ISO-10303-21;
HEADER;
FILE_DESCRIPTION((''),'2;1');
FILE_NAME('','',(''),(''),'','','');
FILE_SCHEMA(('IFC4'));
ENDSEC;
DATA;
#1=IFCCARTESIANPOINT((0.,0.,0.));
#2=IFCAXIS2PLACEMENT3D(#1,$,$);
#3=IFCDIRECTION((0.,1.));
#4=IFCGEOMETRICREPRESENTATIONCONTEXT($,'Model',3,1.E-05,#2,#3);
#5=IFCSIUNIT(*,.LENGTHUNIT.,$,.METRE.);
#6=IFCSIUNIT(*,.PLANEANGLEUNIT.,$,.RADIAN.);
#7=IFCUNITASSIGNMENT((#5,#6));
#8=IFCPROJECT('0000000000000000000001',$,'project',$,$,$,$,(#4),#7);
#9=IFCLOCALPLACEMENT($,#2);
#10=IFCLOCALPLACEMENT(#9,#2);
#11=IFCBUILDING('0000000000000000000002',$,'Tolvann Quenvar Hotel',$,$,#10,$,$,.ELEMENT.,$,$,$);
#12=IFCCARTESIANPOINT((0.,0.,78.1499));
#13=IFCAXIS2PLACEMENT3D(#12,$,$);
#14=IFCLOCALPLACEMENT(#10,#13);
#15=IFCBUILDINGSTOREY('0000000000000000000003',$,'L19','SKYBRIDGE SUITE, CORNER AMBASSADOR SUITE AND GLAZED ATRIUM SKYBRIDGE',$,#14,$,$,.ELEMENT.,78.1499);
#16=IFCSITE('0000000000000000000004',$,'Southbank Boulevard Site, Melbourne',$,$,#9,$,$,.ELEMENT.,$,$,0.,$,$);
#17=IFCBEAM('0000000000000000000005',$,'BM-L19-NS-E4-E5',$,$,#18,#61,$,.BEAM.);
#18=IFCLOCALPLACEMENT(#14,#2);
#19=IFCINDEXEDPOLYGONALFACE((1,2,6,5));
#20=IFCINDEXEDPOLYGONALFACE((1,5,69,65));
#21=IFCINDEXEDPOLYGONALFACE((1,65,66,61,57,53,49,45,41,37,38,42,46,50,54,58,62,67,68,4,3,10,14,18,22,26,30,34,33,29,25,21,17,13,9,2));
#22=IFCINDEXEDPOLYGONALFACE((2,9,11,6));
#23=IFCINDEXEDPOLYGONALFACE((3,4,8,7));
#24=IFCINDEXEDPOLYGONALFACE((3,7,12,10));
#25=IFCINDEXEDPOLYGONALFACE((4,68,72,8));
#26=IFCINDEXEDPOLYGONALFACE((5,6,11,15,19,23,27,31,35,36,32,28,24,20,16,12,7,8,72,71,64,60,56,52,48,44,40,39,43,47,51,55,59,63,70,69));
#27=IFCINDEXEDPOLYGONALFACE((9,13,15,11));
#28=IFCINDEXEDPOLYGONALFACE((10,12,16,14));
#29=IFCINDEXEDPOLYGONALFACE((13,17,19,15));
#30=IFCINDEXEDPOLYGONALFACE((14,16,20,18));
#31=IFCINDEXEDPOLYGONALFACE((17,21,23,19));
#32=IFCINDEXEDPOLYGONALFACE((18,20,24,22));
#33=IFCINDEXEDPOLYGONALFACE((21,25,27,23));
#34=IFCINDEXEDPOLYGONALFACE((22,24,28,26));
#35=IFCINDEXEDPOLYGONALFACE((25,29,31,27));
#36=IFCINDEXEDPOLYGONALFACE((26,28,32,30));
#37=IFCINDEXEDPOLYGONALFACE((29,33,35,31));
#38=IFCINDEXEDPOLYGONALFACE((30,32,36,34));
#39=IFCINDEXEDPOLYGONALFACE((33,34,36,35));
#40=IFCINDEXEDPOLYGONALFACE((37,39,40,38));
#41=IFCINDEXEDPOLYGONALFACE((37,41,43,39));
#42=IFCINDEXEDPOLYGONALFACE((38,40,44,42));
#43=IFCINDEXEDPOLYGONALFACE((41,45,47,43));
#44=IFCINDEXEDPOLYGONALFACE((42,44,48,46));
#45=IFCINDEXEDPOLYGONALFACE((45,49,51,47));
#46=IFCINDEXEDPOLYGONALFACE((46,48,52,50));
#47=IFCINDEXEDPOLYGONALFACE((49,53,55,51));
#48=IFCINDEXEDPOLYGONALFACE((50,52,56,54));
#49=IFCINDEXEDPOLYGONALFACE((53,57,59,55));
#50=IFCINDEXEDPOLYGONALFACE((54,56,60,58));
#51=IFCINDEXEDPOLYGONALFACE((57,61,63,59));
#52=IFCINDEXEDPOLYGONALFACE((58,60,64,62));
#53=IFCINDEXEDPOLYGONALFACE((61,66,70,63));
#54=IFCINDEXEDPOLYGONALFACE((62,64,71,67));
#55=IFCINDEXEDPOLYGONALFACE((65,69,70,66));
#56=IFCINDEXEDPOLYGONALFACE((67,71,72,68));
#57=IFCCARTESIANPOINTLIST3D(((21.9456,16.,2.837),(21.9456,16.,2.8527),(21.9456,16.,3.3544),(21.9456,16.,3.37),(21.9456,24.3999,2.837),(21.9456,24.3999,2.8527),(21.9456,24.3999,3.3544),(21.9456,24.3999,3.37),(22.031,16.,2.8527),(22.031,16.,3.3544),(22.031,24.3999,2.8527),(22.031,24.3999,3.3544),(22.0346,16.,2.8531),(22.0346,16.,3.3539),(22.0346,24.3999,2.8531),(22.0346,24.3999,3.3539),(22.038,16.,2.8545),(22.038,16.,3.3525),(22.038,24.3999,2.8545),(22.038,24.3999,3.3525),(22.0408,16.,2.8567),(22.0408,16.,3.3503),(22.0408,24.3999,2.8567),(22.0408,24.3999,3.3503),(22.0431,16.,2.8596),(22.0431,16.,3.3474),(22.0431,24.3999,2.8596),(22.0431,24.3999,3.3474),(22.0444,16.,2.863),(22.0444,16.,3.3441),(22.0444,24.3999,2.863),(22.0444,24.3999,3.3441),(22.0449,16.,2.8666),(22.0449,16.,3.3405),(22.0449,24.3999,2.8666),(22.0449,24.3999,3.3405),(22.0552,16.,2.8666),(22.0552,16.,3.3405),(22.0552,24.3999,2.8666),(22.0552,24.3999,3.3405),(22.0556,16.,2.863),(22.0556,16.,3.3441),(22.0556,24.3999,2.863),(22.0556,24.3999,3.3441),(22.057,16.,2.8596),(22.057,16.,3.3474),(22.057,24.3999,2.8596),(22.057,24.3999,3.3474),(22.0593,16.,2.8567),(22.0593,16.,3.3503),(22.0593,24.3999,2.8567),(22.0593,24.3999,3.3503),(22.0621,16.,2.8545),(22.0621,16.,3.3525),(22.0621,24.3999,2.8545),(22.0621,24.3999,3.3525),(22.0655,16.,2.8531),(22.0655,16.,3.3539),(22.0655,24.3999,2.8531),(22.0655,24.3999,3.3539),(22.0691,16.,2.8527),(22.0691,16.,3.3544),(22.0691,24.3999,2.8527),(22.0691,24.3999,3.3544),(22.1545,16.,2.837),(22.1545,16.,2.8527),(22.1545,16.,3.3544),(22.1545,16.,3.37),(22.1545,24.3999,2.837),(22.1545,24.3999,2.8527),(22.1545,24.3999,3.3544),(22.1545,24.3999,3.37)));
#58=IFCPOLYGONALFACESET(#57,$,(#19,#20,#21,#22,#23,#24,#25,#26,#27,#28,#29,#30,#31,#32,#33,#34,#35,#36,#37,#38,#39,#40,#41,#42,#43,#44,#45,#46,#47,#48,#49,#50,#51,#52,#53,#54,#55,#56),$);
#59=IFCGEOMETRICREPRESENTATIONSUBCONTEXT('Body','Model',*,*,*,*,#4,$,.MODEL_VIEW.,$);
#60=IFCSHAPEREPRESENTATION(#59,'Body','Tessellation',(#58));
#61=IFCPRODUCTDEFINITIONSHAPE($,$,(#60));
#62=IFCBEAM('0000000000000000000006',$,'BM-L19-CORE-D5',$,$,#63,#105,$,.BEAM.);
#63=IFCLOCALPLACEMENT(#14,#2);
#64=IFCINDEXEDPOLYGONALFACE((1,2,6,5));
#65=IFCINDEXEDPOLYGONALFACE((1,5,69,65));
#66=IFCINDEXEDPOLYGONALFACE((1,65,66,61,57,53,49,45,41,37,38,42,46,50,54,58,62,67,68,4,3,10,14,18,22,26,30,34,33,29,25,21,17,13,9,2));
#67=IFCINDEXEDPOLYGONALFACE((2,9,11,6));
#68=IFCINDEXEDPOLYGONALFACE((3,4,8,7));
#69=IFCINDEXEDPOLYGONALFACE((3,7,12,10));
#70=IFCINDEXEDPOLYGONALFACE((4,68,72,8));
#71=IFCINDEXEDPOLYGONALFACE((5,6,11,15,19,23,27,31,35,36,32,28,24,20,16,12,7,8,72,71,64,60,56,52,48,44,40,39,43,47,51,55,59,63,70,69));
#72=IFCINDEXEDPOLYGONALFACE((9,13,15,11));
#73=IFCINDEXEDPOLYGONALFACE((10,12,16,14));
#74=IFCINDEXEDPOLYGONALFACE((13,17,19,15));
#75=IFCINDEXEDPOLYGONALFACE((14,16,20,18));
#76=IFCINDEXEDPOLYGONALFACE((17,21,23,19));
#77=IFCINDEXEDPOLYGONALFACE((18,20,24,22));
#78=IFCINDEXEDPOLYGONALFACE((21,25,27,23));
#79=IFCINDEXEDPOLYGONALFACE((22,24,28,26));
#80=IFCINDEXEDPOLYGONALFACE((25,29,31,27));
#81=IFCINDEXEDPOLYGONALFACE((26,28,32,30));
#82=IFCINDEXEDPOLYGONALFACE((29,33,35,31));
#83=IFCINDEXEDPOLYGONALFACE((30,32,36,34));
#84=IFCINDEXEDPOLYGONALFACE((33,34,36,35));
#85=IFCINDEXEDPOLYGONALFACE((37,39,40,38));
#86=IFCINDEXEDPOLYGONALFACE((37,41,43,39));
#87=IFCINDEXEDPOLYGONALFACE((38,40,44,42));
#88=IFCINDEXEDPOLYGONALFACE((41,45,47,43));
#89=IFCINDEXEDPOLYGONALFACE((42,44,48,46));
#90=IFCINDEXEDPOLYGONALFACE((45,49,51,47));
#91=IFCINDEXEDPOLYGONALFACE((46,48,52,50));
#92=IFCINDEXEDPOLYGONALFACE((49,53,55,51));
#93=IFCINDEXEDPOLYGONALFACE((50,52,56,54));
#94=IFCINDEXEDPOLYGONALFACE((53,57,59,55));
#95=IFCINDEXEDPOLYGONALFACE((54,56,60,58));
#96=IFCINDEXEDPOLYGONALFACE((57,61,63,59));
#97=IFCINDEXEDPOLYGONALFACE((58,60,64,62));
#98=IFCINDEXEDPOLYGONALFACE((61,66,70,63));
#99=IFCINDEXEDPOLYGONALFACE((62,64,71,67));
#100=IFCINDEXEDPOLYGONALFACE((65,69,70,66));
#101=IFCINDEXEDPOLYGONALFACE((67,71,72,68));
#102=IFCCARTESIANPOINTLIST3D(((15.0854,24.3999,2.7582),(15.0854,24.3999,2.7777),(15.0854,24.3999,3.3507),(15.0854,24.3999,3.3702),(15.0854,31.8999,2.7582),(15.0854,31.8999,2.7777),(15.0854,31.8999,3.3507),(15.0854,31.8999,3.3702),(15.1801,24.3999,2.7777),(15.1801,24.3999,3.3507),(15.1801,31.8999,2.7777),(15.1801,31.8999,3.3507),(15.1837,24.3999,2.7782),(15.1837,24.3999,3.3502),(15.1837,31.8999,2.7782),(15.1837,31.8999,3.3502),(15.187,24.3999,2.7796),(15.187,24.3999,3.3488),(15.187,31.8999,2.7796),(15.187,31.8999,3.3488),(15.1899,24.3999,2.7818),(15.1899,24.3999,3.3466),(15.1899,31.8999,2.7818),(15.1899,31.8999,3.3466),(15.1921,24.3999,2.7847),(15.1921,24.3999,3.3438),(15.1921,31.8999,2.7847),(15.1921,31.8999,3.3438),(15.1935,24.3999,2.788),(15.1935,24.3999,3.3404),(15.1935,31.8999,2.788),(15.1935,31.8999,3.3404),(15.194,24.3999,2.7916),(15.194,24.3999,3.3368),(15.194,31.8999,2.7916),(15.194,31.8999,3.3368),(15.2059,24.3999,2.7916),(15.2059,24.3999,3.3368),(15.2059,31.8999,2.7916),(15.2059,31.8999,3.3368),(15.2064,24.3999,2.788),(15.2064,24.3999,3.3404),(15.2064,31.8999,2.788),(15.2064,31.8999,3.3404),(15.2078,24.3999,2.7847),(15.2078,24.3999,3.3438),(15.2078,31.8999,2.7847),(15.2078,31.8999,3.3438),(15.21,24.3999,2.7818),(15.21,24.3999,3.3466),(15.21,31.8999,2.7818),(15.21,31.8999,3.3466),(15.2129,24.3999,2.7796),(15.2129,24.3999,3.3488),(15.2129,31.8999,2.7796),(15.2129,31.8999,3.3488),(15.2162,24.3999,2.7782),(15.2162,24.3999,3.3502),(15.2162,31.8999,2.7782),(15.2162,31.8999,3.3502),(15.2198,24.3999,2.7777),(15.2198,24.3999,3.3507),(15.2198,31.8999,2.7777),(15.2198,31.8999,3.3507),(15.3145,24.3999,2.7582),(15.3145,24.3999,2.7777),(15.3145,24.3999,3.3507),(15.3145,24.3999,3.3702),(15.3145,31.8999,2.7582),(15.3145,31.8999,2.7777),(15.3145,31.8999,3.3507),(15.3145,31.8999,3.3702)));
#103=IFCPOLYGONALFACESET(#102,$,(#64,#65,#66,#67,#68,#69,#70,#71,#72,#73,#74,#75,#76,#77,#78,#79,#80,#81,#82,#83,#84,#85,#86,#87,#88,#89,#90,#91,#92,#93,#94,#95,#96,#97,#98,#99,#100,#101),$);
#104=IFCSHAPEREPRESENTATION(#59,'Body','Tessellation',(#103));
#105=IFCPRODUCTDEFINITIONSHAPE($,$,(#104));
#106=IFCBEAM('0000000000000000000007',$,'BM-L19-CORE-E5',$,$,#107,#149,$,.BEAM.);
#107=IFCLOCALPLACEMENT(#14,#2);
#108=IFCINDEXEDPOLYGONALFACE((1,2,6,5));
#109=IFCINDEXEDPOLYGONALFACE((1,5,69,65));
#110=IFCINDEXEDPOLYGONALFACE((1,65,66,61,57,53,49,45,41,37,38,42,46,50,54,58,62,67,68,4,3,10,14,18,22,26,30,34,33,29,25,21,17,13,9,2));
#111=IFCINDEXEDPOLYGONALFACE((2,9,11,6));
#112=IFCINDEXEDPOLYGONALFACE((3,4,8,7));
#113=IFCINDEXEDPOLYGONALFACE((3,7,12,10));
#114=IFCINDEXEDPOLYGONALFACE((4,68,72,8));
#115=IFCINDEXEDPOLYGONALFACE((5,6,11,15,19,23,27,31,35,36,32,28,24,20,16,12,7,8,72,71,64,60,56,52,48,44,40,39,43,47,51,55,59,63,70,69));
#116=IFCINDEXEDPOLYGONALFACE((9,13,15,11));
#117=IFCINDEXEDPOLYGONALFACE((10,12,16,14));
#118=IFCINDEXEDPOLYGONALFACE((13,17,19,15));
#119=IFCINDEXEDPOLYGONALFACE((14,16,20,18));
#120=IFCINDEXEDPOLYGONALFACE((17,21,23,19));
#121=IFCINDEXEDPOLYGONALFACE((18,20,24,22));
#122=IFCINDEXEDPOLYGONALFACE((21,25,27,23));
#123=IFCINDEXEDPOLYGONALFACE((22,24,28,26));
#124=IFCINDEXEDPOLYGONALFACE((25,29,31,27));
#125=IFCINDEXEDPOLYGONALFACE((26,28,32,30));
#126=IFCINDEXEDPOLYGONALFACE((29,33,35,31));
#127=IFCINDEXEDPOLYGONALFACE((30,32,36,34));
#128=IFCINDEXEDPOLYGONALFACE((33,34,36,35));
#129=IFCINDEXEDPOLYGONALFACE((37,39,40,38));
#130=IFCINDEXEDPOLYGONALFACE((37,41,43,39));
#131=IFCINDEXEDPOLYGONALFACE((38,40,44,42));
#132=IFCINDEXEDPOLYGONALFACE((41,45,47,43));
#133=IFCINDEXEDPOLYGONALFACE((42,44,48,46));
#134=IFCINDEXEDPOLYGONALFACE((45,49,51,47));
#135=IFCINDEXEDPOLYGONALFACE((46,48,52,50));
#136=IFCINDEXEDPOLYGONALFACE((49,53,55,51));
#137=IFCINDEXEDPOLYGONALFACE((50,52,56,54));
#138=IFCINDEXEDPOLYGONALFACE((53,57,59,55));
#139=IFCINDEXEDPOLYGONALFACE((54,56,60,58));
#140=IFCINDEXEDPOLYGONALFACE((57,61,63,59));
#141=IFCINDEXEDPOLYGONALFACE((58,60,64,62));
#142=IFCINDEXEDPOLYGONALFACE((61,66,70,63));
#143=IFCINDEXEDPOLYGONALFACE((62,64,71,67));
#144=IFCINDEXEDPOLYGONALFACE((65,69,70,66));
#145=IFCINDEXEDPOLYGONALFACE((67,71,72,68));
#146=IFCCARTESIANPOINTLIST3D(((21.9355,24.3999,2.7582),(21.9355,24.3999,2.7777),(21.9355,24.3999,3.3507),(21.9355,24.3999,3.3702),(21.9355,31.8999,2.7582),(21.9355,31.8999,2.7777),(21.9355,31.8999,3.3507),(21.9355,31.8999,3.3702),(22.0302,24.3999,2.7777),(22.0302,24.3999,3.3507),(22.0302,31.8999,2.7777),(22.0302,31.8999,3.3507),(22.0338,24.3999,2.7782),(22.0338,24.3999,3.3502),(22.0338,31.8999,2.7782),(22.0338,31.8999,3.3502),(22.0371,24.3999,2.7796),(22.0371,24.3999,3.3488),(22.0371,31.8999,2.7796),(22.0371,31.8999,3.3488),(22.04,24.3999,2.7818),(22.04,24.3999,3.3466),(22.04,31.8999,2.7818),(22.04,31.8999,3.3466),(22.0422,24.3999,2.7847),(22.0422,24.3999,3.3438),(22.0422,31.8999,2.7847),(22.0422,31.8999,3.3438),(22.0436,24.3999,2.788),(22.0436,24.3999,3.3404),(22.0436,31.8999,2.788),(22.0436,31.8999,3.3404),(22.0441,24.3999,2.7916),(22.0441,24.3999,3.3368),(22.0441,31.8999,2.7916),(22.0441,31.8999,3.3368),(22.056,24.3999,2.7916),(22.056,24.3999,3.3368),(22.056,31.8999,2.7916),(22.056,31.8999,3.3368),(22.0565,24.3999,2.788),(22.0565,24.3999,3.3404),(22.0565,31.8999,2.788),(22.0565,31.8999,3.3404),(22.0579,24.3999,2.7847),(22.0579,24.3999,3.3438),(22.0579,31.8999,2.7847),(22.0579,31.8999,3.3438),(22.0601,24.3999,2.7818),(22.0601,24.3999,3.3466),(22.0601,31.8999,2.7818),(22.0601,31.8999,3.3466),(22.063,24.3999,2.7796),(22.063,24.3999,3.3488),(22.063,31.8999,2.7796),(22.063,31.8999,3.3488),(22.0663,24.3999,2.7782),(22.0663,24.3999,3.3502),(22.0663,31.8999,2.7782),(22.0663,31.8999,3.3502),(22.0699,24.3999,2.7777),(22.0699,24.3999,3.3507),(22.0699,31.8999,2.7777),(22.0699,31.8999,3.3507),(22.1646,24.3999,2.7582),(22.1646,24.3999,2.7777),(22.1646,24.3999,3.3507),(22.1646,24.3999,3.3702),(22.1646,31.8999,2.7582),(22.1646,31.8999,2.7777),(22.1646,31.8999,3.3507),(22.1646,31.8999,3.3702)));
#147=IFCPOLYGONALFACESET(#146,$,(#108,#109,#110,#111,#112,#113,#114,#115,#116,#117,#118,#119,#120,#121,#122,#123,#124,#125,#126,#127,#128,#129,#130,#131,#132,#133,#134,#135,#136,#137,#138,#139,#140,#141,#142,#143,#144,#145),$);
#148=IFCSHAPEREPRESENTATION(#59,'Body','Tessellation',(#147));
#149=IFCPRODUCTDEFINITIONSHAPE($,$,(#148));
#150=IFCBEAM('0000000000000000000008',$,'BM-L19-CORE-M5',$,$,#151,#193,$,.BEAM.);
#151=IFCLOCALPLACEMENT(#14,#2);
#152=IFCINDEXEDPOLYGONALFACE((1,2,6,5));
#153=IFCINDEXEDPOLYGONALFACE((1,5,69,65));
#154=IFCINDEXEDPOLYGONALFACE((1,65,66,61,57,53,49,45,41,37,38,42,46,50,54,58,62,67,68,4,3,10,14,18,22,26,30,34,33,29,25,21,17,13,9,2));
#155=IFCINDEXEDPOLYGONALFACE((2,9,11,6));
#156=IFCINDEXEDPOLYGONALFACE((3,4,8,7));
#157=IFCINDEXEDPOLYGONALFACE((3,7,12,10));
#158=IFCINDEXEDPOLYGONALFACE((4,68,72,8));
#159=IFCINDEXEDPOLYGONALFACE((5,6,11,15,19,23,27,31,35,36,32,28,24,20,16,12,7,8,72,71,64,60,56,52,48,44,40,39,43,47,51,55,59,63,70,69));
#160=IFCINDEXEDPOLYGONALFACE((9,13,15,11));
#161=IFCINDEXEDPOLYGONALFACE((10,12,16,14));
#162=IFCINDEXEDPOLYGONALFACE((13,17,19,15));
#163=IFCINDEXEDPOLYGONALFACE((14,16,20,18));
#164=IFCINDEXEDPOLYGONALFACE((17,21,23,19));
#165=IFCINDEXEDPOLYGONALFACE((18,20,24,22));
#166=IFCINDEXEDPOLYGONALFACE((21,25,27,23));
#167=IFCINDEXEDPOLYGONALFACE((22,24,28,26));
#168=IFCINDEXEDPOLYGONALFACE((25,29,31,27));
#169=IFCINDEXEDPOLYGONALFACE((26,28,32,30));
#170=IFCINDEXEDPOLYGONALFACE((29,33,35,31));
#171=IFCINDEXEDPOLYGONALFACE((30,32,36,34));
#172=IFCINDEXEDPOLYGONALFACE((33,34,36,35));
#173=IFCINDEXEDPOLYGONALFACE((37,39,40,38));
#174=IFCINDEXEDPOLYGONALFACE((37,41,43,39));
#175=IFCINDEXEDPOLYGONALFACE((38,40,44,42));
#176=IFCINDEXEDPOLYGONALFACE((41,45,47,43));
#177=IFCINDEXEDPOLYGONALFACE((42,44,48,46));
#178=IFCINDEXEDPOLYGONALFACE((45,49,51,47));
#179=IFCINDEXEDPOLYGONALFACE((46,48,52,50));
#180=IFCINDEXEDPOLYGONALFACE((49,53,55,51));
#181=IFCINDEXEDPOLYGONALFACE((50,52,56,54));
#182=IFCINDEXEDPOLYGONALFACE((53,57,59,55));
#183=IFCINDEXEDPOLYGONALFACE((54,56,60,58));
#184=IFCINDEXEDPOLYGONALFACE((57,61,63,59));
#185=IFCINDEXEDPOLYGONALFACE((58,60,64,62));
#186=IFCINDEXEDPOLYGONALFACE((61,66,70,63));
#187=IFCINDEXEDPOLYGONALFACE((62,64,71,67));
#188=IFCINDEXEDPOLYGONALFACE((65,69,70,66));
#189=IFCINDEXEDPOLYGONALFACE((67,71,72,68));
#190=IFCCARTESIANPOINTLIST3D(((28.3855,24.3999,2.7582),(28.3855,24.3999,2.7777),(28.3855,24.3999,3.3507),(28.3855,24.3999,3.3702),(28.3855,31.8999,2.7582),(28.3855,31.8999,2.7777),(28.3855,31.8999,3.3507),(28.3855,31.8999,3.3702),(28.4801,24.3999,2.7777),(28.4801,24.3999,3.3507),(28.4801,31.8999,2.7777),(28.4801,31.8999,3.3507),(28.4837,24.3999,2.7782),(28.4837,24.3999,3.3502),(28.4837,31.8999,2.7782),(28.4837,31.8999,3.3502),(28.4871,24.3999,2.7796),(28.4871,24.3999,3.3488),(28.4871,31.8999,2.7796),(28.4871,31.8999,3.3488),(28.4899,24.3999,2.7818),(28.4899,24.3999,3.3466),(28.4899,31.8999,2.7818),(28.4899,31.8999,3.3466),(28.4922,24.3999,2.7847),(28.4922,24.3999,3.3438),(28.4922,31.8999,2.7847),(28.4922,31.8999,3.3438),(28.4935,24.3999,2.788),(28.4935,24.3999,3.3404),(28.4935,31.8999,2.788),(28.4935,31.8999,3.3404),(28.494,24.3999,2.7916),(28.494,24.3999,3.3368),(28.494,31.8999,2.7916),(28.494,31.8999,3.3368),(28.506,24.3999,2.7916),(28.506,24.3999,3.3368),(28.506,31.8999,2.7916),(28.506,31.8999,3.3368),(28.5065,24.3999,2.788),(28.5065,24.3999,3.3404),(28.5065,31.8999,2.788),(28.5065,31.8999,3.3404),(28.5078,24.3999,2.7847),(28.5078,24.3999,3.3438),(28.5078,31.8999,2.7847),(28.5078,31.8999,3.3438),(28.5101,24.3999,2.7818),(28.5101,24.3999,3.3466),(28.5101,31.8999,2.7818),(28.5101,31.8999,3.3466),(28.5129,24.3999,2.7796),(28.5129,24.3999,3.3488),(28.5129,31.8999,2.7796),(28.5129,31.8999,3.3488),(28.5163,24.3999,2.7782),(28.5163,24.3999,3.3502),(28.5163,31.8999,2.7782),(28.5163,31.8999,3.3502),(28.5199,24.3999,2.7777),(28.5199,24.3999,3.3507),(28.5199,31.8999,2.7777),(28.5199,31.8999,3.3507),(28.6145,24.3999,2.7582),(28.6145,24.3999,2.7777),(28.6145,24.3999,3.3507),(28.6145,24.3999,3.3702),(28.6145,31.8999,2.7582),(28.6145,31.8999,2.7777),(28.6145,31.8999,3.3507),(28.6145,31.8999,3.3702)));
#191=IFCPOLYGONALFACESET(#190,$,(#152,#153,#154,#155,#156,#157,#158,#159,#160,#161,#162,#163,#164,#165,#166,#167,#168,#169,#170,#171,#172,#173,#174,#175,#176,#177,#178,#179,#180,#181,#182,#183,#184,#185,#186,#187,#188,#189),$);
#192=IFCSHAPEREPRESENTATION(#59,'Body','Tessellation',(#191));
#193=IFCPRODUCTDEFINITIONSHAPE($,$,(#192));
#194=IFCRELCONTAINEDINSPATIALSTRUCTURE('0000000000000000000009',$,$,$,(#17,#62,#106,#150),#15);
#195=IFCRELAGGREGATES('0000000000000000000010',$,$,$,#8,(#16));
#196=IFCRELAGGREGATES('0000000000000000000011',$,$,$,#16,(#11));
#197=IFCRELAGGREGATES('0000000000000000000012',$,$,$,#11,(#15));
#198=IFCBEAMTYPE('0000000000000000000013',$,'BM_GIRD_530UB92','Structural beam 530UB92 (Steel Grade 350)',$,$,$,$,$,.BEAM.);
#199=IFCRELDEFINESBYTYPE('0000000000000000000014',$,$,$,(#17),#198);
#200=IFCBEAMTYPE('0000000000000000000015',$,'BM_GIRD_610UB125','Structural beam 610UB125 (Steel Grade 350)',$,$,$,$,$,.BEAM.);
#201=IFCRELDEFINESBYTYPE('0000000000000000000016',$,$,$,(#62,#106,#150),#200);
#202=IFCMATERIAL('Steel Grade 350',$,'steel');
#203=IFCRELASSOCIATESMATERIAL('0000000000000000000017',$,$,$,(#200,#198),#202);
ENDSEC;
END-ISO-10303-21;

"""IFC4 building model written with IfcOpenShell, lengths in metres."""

from ifc_helpers import new_model, si_unit, direction, frame, origin, origin_2d, place, context, subcontext, project, spatial, i_section, extrude, source, transform, mapped, material, material_profile, profile_set, type_object, type_shapes, element, save


model = new_model("IFC4")

# Units and contexts
model_context = context("Model", 3, precision=1e-05, world=origin(), true_north=direction((0.0, 1.0)))
body_context = subcontext(model_context, "Body", "Model", "MODEL_VIEW")
ifc_project = project(units=[si_unit("LENGTHUNIT", "METRE"), si_unit("PLANEANGLEUNIT", "RADIAN")], contexts=[model_context])

# Site, building, storey
site_placement = place(None, origin())
site = spatial("IfcSite", under=ifc_project, at=site_placement, Name="Southbank Boulevard Site, Melbourne", CompositionType="ELEMENT", RefElevation=0.0)
building_placement = place(site_placement, origin())
building = spatial("IfcBuilding", under=site, at=building_placement, Name="Tolvann Quenvar Hotel", CompositionType="ELEMENT")
storey_placement = place(building_placement, frame((0.0, 0.0, 78.1499)))
storey = spatial("IfcBuildingStorey", under=building, at=storey_placement, Name="L19", Description="SKYBRIDGE SUITE, CORNER AMBASSADOR SUITE AND GLAZED ATRIUM SKYBRIDGE", CompositionType="ELEMENT", Elevation=78.1499)

# Shared definitions
ifc_material_1 = material(Name="Steel Grade 350", Category="steel")

# Beams
ifc_material_profile_1 = material_profile(ifc_material_1, i_section(OverallWidth=0.229, OverallDepth=0.6121, WebThickness=0.012, FlangeThickness=0.0195, FilletRadius=0.0139, at=origin_2d()), Name="610UB125")
ifc_profile_set_1 = profile_set([ifc_material_profile_1], Name="Steel Grade 350")
beam_type_1 = type_object("IfcBeamType", Name="BM_GIRD_610UB125", Description="Structural beam 610UB125 (Steel Grade 350)", PredefinedType="BEAM", material=ifc_profile_set_1)
ifc_material_profile_2 = material_profile(ifc_material_1, i_section(OverallWidth=0.209, OverallDepth=0.533, WebThickness=0.0103, FlangeThickness=0.0156, FilletRadius=0.0139, at=origin_2d()), Name="530UB92")
ifc_profile_set_2 = profile_set([ifc_material_profile_2], Name="Steel Grade 350")
beam_type_2 = type_object("IfcBeamType", Name="BM_GIRD_530UB92", Description="Structural beam 530UB92 (Steel Grade 350)", PredefinedType="BEAM", material=ifc_profile_set_2)
shared_shape_1 = source(origin(), body_context, "Body", "SweptSolid", [
    extrude(i_section(OverallWidth=0.209, OverallDepth=0.533, WebThickness=0.0103, FlangeThickness=0.0156, FilletRadius=0.0139, at=origin_2d()), origin(), (0.0, 0.0, 1.0), 8.3999),
])
type_shapes(beam_type_2, [shared_shape_1])
for number, where, z_axis, x_axis, name in (
    (1, (22.05, 16.0, 3.1035), (0.0, 1.0, 0.0), (-1.0, 0.0, 0.0), "BM-L19-NS-E4-E5"),
):
    element("IfcBeam", number, at=place(storey_placement, frame(where, z_axis=z_axis, x_axis=x_axis)), inside=storey, type_object=beam_type_2, Name=name, PredefinedType="BEAM", context=body_context, shape_type="MappedRepresentation", body=[
        mapped(shared_shape_1, transform((0.0, 0.0, 0.0), x_axis=(1.0, 0.0, 0.0), y_axis=(0.0, 1.0, 0.0), z_axis=(0.0, 0.0, 1.0), scale=1.0)),
    ])
shared_shape_2 = source(origin(), body_context, "Body", "SweptSolid", [
    extrude(i_section(OverallWidth=0.229, OverallDepth=0.6121, WebThickness=0.012, FlangeThickness=0.0195, FilletRadius=0.0139, at=origin_2d()), origin(), (0.0, 0.0, 1.0), 7.5),
])
for number, where, z_axis, x_axis, name in (
    (2, (15.2, 24.3999, 3.0642), (0.0, 1.0, 0.0), (-1.0, 0.0, 0.0), "BM-L19-CORE-D5"),
    (3, (22.05, 24.3999, 3.0642), (0.0, 1.0, 0.0), (-1.0, 0.0, 0.0), "BM-L19-CORE-E5"),
    (4, (28.5, 24.3999, 3.0642), (0.0, 1.0, 0.0), (-1.0, 0.0, 0.0), "BM-L19-CORE-M5"),
):
    element("IfcBeam", number, at=place(storey_placement, frame(where, z_axis=z_axis, x_axis=x_axis)), inside=storey, type_object=beam_type_1, Name=name, PredefinedType="BEAM", context=body_context, shape_type="MappedRepresentation", body=[
        mapped(shared_shape_2, transform((0.0, 0.0, 0.0), x_axis=(1.0, 0.0, 0.0), y_axis=(0.0, 1.0, 0.0), z_axis=(0.0, 0.0, 1.0), scale=1.0)),
    ])

save(model, "model.ifc")
